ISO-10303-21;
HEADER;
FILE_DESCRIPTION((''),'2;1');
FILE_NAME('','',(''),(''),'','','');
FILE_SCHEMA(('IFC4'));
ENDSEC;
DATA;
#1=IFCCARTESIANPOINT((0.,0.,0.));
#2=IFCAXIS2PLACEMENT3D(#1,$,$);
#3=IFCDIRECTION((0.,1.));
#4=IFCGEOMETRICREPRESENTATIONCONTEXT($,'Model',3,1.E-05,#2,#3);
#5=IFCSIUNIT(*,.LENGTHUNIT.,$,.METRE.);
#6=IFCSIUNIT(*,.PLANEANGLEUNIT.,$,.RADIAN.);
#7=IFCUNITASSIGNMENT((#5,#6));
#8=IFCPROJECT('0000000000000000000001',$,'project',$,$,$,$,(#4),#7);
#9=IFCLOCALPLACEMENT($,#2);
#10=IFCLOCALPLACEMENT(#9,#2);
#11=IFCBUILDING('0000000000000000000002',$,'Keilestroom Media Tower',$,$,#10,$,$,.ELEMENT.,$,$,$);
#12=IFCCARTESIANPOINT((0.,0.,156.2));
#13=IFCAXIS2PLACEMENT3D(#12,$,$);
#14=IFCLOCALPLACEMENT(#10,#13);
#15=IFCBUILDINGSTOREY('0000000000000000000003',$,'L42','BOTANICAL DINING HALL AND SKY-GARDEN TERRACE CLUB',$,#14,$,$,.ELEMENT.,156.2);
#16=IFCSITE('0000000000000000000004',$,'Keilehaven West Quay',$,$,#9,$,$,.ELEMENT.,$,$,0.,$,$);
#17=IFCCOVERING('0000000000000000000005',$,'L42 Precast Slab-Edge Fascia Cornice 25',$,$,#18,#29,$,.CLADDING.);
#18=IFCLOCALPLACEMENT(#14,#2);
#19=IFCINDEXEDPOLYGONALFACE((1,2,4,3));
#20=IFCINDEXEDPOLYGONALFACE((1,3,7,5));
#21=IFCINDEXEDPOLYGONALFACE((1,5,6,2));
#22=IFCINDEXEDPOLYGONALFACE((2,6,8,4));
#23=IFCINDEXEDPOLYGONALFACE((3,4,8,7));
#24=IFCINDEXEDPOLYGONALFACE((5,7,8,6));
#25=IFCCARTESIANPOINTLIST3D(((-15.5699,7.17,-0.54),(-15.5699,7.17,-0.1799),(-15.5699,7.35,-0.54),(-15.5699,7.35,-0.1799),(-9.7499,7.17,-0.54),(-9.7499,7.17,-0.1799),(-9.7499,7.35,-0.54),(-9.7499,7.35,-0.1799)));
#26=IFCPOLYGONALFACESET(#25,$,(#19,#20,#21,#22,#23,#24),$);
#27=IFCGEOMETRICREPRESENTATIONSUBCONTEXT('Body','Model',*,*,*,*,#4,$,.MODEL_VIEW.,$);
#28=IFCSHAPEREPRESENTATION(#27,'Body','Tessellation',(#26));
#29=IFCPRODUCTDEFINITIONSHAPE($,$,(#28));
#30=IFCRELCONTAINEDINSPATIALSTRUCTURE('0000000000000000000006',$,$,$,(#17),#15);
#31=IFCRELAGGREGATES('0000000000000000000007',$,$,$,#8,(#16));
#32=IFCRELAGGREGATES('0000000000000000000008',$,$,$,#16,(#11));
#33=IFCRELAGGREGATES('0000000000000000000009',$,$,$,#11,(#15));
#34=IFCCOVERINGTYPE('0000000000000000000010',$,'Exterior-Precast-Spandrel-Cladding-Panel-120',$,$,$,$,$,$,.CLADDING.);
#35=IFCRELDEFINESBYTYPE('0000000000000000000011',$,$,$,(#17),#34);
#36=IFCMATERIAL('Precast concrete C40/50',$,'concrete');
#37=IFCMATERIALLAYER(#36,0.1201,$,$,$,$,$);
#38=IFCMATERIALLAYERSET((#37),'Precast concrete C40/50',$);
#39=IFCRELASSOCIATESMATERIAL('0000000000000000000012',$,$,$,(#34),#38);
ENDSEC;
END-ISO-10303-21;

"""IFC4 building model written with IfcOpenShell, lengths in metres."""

from ifc_helpers import new_model, si_unit, direction, frame, origin, origin_2d, place, context, subcontext, project, spatial, rectangle, extrude, source, transform, mapped, material, layer, layer_set, type_object, element, save


model = new_model("IFC4")

# Units and contexts
model_context = context("Model", 3, precision=1e-05, world=origin(), true_north=direction((0.0, 1.0)))
body_context = subcontext(model_context, "Body", "Model", "MODEL_VIEW")
ifc_project = project(units=[si_unit("LENGTHUNIT", "METRE"), si_unit("PLANEANGLEUNIT", "RADIAN")], contexts=[model_context])

# Site, building, storey
site_placement = place(None, origin())
site = spatial("IfcSite", under=ifc_project, at=site_placement, Name="Keilehaven West Quay", CompositionType="ELEMENT", RefElevation=0.0)
building_placement = place(site_placement, origin())
building = spatial("IfcBuilding", under=site, at=building_placement, Name="Keilestroom Media Tower", CompositionType="ELEMENT")
storey_placement = place(building_placement, frame((0.0, 0.0, 156.2)))
storey = spatial("IfcBuildingStorey", under=building, at=storey_placement, Name="L42", Description="BOTANICAL DINING HALL AND SKY-GARDEN TERRACE CLUB", CompositionType="ELEMENT", Elevation=156.2)

# Shared definitions
ifc_material_1 = material(Name="Precast concrete C40/50", Category="concrete")

# Covering
ifc_layer_1 = layer(ifc_material_1, 0.1201)
ifc_layer_set_1 = layer_set([ifc_layer_1], Name="Precast concrete C40/50")
covering_type = type_object("IfcCoveringType", Name="Exterior-Precast-Spandrel-Cladding-Panel-120", PredefinedType="CLADDING", material=ifc_layer_set_1)
shared_shape_1 = source(origin(), body_context, "Body", "SweptSolid", [
    extrude(rectangle(XDim=5.8201, YDim=0.1799, at=origin_2d()), origin(), (0.0, 0.0, 1.0), 0.3601),
])
covering_1_placement = place(storey_placement, frame((-12.6599, 7.26, -0.54), z_axis=(0.0, 0.0, 1.0), x_axis=(1.0, 0.0, 0.0)))
element("IfcCovering", 1, at=covering_1_placement, inside=storey, type_object=covering_type, Name="L42 Precast Slab-Edge Fascia Cornice 25", PredefinedType="CLADDING", context=body_context, shape_type="MappedRepresentation", body=[
    mapped(shared_shape_1, transform((0.0, 0.0, 0.0), x_axis=(1.0, 0.0, 0.0), y_axis=(0.0, 1.0, 0.0), z_axis=(0.0, 0.0, 1.0), scale=1.0)),
])

save(model, "model.ifc")
